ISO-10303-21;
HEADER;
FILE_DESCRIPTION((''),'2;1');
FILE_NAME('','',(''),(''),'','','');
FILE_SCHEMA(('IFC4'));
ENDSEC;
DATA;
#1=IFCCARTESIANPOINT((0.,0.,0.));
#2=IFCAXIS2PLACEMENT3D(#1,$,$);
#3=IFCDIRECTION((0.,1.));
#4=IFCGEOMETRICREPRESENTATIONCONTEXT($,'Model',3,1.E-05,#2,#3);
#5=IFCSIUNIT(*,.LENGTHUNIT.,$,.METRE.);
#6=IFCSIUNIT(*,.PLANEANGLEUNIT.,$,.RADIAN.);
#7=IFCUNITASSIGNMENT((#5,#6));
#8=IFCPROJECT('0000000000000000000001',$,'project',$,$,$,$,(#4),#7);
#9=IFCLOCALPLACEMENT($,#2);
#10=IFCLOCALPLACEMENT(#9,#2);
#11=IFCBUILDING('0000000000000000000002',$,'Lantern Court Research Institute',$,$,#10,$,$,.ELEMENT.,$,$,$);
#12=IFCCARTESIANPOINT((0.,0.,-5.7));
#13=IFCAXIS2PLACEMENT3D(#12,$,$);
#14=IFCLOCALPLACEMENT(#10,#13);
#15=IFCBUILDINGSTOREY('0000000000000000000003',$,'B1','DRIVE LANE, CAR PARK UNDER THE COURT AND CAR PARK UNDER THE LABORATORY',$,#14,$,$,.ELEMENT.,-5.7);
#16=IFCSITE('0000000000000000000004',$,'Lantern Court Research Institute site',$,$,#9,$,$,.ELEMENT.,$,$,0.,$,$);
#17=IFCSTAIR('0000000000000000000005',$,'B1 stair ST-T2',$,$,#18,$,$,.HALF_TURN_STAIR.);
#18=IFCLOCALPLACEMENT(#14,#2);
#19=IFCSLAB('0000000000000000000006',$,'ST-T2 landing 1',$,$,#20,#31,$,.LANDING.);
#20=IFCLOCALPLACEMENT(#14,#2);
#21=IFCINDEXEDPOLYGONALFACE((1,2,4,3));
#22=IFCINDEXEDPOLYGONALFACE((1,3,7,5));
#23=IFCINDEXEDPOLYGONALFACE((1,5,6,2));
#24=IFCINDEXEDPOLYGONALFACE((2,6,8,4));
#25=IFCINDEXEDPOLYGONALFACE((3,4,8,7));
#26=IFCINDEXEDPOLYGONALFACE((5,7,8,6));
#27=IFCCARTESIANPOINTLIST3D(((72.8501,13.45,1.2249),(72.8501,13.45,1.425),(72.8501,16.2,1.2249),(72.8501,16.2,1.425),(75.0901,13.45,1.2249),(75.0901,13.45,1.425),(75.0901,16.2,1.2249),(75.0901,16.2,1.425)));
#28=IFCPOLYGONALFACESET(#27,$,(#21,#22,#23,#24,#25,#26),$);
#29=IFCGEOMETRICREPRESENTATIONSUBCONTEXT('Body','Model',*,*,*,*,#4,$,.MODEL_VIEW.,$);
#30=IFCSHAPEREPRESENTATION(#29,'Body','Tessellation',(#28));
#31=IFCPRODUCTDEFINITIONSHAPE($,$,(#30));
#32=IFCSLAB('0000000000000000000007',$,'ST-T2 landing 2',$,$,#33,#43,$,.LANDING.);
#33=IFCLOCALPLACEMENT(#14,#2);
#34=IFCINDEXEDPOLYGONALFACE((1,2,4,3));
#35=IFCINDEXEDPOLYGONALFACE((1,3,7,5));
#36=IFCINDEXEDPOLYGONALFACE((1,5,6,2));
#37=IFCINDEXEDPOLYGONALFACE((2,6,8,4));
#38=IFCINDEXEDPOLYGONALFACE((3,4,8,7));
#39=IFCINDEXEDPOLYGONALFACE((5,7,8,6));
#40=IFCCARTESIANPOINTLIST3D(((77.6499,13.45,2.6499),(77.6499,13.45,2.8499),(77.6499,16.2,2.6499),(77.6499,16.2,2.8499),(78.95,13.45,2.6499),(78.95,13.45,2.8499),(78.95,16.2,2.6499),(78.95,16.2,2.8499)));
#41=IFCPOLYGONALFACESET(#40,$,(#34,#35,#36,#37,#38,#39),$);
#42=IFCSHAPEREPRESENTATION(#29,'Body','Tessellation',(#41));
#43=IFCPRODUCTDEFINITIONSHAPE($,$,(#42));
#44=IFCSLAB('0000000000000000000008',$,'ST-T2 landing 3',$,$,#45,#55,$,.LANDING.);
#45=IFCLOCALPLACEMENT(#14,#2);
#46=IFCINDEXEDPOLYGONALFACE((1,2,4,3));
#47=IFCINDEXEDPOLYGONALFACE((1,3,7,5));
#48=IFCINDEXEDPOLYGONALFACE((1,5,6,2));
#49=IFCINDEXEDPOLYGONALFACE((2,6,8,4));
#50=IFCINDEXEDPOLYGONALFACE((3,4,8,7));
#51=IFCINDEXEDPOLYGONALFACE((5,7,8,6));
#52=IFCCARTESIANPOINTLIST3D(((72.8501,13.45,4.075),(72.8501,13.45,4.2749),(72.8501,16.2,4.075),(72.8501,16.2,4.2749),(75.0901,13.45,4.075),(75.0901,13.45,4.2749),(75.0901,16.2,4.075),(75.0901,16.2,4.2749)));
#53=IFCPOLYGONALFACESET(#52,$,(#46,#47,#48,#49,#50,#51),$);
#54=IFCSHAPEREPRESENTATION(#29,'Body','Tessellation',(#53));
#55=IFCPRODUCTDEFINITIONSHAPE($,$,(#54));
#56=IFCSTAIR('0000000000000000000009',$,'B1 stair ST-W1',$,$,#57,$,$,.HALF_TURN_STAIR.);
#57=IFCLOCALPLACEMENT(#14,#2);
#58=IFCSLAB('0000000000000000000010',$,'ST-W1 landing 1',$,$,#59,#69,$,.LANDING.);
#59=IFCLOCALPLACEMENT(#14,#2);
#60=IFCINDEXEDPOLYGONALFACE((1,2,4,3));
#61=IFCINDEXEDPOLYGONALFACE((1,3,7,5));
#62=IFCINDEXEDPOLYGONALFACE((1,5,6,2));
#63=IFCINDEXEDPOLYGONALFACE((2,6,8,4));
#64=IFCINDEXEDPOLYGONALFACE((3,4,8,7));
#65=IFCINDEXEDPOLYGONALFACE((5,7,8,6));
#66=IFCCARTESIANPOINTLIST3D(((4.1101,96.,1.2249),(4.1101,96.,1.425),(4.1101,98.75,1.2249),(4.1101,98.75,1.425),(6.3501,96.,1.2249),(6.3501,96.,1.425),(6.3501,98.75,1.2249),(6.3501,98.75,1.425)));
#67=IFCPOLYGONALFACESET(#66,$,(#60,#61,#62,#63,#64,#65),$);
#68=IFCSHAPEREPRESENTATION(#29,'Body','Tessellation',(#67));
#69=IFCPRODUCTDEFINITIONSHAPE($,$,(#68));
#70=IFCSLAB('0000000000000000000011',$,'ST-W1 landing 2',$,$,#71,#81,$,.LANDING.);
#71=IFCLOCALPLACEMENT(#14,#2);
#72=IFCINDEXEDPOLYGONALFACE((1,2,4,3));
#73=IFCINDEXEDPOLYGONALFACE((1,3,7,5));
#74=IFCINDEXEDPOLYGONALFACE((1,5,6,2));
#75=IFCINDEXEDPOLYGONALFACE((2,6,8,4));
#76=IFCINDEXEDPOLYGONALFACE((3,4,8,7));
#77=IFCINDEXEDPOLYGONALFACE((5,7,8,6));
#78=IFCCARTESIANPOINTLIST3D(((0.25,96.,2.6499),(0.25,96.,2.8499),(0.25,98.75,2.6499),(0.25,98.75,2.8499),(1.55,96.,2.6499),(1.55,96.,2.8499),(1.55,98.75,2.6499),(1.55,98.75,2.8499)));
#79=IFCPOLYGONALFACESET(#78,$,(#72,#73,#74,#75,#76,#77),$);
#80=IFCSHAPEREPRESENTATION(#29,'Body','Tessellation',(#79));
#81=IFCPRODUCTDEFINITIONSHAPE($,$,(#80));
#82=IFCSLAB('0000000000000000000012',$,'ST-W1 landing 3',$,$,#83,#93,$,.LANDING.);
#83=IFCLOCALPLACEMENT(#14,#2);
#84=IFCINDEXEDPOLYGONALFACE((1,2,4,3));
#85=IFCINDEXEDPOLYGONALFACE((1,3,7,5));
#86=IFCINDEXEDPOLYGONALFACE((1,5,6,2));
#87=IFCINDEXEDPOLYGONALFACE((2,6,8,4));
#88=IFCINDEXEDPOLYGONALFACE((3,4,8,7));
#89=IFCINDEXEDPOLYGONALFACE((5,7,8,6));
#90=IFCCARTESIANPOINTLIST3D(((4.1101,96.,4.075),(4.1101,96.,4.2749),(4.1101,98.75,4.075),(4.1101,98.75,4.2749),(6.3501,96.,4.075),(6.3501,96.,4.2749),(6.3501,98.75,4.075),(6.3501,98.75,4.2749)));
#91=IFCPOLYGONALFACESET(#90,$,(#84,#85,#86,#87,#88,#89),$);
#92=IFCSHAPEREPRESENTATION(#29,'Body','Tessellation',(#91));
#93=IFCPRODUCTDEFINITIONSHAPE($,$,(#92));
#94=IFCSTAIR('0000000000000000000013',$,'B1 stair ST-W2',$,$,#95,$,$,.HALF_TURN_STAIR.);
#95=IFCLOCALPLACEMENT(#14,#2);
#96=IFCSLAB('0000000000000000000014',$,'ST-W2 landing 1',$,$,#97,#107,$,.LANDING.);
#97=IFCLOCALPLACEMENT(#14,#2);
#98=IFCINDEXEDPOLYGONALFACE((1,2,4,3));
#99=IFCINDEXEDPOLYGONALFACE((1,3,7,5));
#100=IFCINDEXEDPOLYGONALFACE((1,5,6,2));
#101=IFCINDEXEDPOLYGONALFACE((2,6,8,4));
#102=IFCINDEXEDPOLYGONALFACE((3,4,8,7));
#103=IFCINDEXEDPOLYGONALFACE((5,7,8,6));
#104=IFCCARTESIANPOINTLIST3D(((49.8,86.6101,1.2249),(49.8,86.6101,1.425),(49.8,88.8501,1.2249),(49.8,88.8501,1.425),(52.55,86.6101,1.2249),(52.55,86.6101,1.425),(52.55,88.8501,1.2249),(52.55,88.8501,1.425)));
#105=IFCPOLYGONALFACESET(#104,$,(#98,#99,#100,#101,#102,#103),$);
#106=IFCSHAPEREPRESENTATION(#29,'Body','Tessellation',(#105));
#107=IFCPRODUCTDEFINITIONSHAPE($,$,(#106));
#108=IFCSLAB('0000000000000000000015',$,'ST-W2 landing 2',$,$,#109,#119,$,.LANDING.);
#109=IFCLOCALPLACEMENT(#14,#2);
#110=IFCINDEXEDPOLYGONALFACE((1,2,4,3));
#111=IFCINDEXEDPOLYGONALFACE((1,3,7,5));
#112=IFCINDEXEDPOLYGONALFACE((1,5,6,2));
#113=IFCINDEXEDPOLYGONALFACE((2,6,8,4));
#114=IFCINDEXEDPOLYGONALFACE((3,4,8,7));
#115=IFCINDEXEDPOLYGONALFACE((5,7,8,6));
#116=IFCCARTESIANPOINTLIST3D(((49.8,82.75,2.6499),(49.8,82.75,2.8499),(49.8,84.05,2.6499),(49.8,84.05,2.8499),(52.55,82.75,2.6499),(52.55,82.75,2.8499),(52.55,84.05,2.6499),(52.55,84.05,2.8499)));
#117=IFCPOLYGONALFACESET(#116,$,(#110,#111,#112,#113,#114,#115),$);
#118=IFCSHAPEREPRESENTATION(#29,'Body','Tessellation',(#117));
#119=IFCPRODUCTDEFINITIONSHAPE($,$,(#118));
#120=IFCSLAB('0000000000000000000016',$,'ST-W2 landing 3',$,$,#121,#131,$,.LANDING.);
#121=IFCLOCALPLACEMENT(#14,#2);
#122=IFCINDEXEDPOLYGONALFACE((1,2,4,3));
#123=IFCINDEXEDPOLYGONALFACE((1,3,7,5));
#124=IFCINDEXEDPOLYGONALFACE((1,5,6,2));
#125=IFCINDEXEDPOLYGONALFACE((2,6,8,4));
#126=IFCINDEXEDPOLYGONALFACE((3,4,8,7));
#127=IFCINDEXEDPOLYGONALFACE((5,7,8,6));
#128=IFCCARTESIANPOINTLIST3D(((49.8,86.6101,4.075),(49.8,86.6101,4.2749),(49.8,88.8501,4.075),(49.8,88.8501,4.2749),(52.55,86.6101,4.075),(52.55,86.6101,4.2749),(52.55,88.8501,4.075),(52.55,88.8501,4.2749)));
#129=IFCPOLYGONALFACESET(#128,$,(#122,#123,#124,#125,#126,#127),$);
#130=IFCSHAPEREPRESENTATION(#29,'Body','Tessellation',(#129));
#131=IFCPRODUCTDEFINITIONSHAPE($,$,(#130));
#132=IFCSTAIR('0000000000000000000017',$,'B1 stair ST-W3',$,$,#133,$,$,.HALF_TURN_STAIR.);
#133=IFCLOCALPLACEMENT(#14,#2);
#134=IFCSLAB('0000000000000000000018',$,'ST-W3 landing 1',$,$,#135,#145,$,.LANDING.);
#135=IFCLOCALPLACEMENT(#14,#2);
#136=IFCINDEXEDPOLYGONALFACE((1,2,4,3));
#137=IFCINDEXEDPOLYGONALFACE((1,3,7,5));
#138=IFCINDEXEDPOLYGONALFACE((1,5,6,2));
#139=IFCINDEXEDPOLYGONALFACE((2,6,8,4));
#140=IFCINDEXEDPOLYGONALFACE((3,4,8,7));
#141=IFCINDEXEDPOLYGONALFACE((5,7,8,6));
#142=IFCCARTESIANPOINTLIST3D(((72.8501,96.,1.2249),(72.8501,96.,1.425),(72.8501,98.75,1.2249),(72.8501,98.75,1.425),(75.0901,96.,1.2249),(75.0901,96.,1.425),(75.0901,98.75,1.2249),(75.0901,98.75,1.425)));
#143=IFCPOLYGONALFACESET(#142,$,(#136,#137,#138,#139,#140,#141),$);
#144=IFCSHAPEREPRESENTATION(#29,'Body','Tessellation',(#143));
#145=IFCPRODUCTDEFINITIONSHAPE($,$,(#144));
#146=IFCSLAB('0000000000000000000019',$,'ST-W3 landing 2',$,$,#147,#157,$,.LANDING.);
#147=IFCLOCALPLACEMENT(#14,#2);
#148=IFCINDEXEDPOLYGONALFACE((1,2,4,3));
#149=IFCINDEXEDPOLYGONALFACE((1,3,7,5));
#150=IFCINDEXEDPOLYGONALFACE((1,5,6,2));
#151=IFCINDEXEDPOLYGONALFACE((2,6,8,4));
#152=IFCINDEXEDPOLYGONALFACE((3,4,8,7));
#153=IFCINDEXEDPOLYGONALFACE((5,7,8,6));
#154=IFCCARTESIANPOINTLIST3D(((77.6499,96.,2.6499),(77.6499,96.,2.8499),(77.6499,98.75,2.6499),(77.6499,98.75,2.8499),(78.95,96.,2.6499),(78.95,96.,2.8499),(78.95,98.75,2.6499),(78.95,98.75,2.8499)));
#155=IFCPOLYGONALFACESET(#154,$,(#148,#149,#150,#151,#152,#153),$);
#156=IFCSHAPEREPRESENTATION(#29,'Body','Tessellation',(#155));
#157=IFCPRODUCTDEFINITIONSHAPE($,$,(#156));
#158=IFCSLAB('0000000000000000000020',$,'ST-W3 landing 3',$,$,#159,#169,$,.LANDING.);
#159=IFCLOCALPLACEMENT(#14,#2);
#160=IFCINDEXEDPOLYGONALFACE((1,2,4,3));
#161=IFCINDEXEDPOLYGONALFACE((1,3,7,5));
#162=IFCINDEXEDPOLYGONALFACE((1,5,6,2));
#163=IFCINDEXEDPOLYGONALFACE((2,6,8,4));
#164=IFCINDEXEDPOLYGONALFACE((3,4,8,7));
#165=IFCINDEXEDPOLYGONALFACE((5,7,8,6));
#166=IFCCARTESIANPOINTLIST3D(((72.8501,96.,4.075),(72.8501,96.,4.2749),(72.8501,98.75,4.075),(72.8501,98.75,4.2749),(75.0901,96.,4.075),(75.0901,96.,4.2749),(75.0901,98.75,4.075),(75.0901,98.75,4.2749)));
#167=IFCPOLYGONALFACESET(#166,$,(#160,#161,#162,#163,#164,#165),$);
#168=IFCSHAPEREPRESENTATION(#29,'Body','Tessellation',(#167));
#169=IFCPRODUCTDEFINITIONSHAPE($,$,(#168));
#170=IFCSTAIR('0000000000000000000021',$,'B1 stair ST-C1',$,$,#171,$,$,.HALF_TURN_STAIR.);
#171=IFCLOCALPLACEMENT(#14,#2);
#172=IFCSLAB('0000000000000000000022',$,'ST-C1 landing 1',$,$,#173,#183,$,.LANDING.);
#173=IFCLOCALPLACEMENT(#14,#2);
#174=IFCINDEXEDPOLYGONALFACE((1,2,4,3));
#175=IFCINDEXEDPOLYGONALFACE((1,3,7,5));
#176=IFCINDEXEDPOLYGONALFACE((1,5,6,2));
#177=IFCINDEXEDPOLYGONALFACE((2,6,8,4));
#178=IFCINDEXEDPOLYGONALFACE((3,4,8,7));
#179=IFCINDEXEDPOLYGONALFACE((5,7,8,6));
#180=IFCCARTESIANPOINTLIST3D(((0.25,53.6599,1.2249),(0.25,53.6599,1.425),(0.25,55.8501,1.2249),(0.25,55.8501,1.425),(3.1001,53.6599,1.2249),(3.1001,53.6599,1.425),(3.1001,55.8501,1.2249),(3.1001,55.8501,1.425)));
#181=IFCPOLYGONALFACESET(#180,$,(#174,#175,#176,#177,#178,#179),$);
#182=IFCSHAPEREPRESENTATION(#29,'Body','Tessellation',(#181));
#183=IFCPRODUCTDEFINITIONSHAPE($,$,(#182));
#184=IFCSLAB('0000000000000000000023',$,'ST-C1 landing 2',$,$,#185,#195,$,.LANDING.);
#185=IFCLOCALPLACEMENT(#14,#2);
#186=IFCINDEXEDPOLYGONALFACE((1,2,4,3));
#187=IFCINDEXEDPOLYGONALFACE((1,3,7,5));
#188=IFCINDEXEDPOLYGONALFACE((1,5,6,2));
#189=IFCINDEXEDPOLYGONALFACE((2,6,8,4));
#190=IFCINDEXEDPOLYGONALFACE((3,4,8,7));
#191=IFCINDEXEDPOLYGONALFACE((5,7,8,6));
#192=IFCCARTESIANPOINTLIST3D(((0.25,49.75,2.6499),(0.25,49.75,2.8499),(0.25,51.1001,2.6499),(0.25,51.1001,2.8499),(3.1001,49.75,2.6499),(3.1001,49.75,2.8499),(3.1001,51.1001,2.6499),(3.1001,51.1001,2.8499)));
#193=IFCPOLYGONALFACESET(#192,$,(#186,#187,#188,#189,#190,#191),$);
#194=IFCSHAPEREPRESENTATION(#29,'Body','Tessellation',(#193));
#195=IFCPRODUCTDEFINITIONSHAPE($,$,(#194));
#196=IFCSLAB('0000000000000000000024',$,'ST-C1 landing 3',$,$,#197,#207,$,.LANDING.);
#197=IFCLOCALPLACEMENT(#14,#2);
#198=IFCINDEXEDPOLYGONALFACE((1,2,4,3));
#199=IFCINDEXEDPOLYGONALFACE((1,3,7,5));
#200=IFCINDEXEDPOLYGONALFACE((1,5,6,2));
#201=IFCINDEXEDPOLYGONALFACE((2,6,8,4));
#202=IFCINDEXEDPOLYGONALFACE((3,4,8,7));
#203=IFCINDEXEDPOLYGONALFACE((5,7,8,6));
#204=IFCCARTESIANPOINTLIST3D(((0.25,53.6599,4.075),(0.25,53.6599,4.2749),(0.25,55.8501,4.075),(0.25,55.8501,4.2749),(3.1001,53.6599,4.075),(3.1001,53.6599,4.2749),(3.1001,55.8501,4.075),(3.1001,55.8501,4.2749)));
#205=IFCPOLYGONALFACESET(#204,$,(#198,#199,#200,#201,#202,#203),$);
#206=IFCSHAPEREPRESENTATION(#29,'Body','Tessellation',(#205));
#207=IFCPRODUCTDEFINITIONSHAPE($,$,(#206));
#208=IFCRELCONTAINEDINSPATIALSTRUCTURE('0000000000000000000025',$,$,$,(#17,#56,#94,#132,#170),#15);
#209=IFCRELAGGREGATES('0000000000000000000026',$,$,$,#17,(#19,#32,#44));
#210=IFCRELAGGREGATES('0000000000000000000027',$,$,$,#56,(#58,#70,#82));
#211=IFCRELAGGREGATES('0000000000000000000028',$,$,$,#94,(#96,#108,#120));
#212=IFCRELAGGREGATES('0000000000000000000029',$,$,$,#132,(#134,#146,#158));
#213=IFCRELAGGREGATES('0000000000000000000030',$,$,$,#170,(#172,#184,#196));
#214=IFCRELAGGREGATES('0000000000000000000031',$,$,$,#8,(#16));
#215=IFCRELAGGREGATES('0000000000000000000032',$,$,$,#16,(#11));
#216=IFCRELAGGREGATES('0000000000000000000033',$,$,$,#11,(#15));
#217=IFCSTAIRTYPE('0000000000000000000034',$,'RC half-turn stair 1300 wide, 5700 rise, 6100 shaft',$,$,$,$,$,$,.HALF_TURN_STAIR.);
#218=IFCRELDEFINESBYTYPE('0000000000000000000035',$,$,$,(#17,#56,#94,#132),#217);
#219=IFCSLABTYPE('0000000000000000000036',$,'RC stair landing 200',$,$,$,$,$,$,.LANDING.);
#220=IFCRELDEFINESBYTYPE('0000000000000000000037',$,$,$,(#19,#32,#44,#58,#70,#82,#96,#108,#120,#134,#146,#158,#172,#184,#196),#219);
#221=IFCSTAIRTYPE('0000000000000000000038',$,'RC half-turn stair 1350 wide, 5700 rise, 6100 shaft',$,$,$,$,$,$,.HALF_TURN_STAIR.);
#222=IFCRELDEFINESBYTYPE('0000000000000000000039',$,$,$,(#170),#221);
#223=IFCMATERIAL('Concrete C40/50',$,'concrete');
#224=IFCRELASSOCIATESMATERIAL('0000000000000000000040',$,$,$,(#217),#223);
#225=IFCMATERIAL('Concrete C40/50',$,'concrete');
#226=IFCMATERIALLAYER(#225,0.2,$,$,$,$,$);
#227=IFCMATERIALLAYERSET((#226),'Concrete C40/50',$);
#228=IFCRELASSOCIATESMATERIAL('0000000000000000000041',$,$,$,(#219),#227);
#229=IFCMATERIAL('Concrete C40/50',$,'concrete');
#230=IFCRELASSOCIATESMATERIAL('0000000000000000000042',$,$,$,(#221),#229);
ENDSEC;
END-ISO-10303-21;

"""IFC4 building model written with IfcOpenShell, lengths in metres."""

from ifc_helpers import new_model, si_unit, direction, frame, origin, place, context, subcontext, project, spatial, polyline, outline, extrude, material, layer, layer_set, type_object, element, aggregate, save


model = new_model("IFC4")

# Units and contexts
model_context = context("Model", 3, precision=1e-05, world=origin(), true_north=direction((0.0, 1.0)))
body_context = subcontext(model_context, "Body", "Model", "MODEL_VIEW")
ifc_project = project(units=[si_unit("LENGTHUNIT", "METRE"), si_unit("PLANEANGLEUNIT", "RADIAN")], contexts=[model_context])

# Site, building, storey
site_placement = place(None, origin())
site = spatial("IfcSite", under=ifc_project, at=site_placement, Name="Lantern Court Research Institute site", CompositionType="ELEMENT", RefElevation=0.0)
building_placement = place(site_placement, origin())
building = spatial("IfcBuilding", under=site, at=building_placement, Name="Lantern Court Research Institute", CompositionType="ELEMENT")
storey_placement = place(building_placement, frame((0.0, 0.0, -5.7)))
storey = spatial("IfcBuildingStorey", under=building, at=storey_placement, Name="B1", Description="DRIVE LANE, CAR PARK UNDER THE COURT AND CAR PARK UNDER THE LABORATORY", CompositionType="ELEMENT", Elevation=-5.7)

# Stairs, slabs
ifc_material_1 = material(Name="Concrete C40/50", Category="concrete")
stair_type_1 = type_object("IfcStairType", Name="RC half-turn stair 1300 wide, 5700 rise, 6100 shaft", PredefinedType="HALF_TURN_STAIR", material=ifc_material_1)
stair_1_placement = place(storey_placement, origin())
stair_1 = element("IfcStair", 1, at=stair_1_placement, inside=storey, type_object=stair_type_1, Name="B1 stair ST-T2", PredefinedType="HALF_TURN_STAIR")
ifc_material_2 = material(Name="Concrete C40/50", Category="concrete")
ifc_layer = layer(ifc_material_2, 0.2)
ifc_layer_set = layer_set([ifc_layer], Name="Concrete C40/50")
slab_type = type_object("IfcSlabType", Name="RC stair landing 200", PredefinedType="LANDING", material=ifc_layer_set)
slab_1_placement = place(storey_placement, frame((0.0, 0.0, 1.2249)))
slab_1 = element("IfcSlab", 2, at=slab_1_placement, type_object=slab_type, Name="ST-T2 landing 1", PredefinedType="LANDING", context=body_context, shape_type="SweptSolid", body=[
    extrude(outline(polyline([(75.0901, 16.2), (72.8501, 16.2), (72.8501, 13.45), (75.0901, 13.45), (75.0901, 16.2)])), origin(), (0.0, 0.0, 1.0), 0.2002),
])
slab_2_placement = place(storey_placement, frame((0.0, 0.0, 2.6499)))
slab_2 = element("IfcSlab", 3, at=slab_2_placement, type_object=slab_type, Name="ST-T2 landing 2", PredefinedType="LANDING", context=body_context, shape_type="SweptSolid", body=[
    extrude(outline(polyline([(78.95, 16.2), (77.6499, 16.2), (77.6499, 13.45), (78.95, 13.45), (78.95, 16.2)])), origin(), (0.0, 0.0, 1.0), 0.2),
])
slab_3_placement = place(storey_placement, frame((0.0, 0.0, 4.075)))
slab_3 = element("IfcSlab", 4, at=slab_3_placement, type_object=slab_type, Name="ST-T2 landing 3", PredefinedType="LANDING", context=body_context, shape_type="SweptSolid", body=[
    extrude(outline(polyline([(75.0901, 16.2), (72.8501, 16.2), (72.8501, 13.45), (75.0901, 13.45), (75.0901, 16.2)])), origin(), (0.0, 0.0, 1.0), 0.2),
])
aggregate(stair_1, [slab_1, slab_2, slab_3])
stair_2_placement = place(storey_placement, origin())
stair_2 = element("IfcStair", 5, at=stair_2_placement, inside=storey, type_object=stair_type_1, Name="B1 stair ST-W1", PredefinedType="HALF_TURN_STAIR")
slab_4_placement = place(storey_placement, frame((0.0, 0.0, 1.2249)))
slab_4 = element("IfcSlab", 6, at=slab_4_placement, type_object=slab_type, Name="ST-W1 landing 1", PredefinedType="LANDING", context=body_context, shape_type="SweptSolid", body=[
    extrude(outline(polyline([(4.1101, 96.0), (6.3501, 96.0), (6.3501, 98.75), (4.1101, 98.75), (4.1101, 96.0)])), origin(), (0.0, 0.0, 1.0), 0.2002),
])
slab_5_placement = place(storey_placement, frame((0.0, 0.0, 2.6499)))
slab_5 = element("IfcSlab", 7, at=slab_5_placement, type_object=slab_type, Name="ST-W1 landing 2", PredefinedType="LANDING", context=body_context, shape_type="SweptSolid", body=[
    extrude(outline(polyline([(0.25, 96.0), (1.55, 96.0), (1.55, 98.75), (0.25, 98.75), (0.25, 96.0)])), origin(), (0.0, 0.0, 1.0), 0.2),
])
slab_6_placement = place(storey_placement, frame((0.0, 0.0, 4.075)))
slab_6 = element("IfcSlab", 8, at=slab_6_placement, type_object=slab_type, Name="ST-W1 landing 3", PredefinedType="LANDING", context=body_context, shape_type="SweptSolid", body=[
    extrude(outline(polyline([(4.1101, 96.0), (6.3501, 96.0), (6.3501, 98.75), (4.1101, 98.75), (4.1101, 96.0)])), origin(), (0.0, 0.0, 1.0), 0.2),
])
aggregate(stair_2, [slab_4, slab_5, slab_6])
stair_3_placement = place(storey_placement, origin())
stair_3 = element("IfcStair", 9, at=stair_3_placement, inside=storey, type_object=stair_type_1, Name="B1 stair ST-W2", PredefinedType="HALF_TURN_STAIR")
slab_7_placement = place(storey_placement, frame((0.0, 0.0, 1.2249)))
slab_7 = element("IfcSlab", 10, at=slab_7_placement, type_object=slab_type, Name="ST-W2 landing 1", PredefinedType="LANDING", context=body_context, shape_type="SweptSolid", body=[
    extrude(outline(polyline([(52.55, 86.6101), (52.55, 88.8501), (49.8, 88.8501), (49.8, 86.6101), (52.55, 86.6101)])), origin(), (0.0, 0.0, 1.0), 0.2002),
])
slab_8_placement = place(storey_placement, frame((0.0, 0.0, 2.6499)))
slab_8 = element("IfcSlab", 11, at=slab_8_placement, type_object=slab_type, Name="ST-W2 landing 2", PredefinedType="LANDING", context=body_context, shape_type="SweptSolid", body=[
    extrude(outline(polyline([(52.55, 82.75), (52.55, 84.05), (49.8, 84.05), (49.8, 82.75), (52.55, 82.75)])), origin(), (0.0, 0.0, 1.0), 0.2),
])
slab_9_placement = place(storey_placement, frame((0.0, 0.0, 4.075)))
slab_9 = element("IfcSlab", 12, at=slab_9_placement, type_object=slab_type, Name="ST-W2 landing 3", PredefinedType="LANDING", context=body_context, shape_type="SweptSolid", body=[
    extrude(outline(polyline([(52.55, 86.6101), (52.55, 88.8501), (49.8, 88.8501), (49.8, 86.6101), (52.55, 86.6101)])), origin(), (0.0, 0.0, 1.0), 0.2),
])
aggregate(stair_3, [slab_7, slab_8, slab_9])
stair_4_placement = place(storey_placement, origin())
stair_4 = element("IfcStair", 13, at=stair_4_placement, inside=storey, type_object=stair_type_1, Name="B1 stair ST-W3", PredefinedType="HALF_TURN_STAIR")
slab_10_placement = place(storey_placement, frame((0.0, 0.0, 1.2249)))
slab_10 = element("IfcSlab", 14, at=slab_10_placement, type_object=slab_type, Name="ST-W3 landing 1", PredefinedType="LANDING", context=body_context, shape_type="SweptSolid", body=[
    extrude(outline(polyline([(75.0901, 98.75), (72.8501, 98.75), (72.8501, 96.0), (75.0901, 96.0), (75.0901, 98.75)])), origin(), (0.0, 0.0, 1.0), 0.2002),
])
slab_11_placement = place(storey_placement, frame((0.0, 0.0, 2.6499)))
slab_11 = element("IfcSlab", 15, at=slab_11_placement, type_object=slab_type, Name="ST-W3 landing 2", PredefinedType="LANDING", context=body_context, shape_type="SweptSolid", body=[
    extrude(outline(polyline([(78.95, 98.75), (77.6499, 98.75), (77.6499, 96.0), (78.95, 96.0), (78.95, 98.75)])), origin(), (0.0, 0.0, 1.0), 0.2),
])
slab_12_placement = place(storey_placement, frame((0.0, 0.0, 4.075)))
slab_12 = element("IfcSlab", 16, at=slab_12_placement, type_object=slab_type, Name="ST-W3 landing 3", PredefinedType="LANDING", context=body_context, shape_type="SweptSolid", body=[
    extrude(outline(polyline([(75.0901, 98.75), (72.8501, 98.75), (72.8501, 96.0), (75.0901, 96.0), (75.0901, 98.75)])), origin(), (0.0, 0.0, 1.0), 0.2),
])
aggregate(stair_4, [slab_10, slab_11, slab_12])
ifc_material_3 = material(Name="Concrete C40/50", Category="concrete")
stair_type_2 = type_object("IfcStairType", Name="RC half-turn stair 1350 wide, 5700 rise, 6100 shaft", PredefinedType="HALF_TURN_STAIR", material=ifc_material_3)
stair_5_placement = place(storey_placement, origin())
stair_5 = element("IfcStair", 17, at=stair_5_placement, inside=storey, type_object=stair_type_2, Name="B1 stair ST-C1", PredefinedType="HALF_TURN_STAIR")
slab_13_placement = place(storey_placement, frame((0.0, 0.0, 1.2249)))
slab_13 = element("IfcSlab", 18, at=slab_13_placement, type_object=slab_type, Name="ST-C1 landing 1", PredefinedType="LANDING", context=body_context, shape_type="SweptSolid", body=[
    extrude(outline(polyline([(3.1001, 53.6599), (3.1001, 55.8501), (0.25, 55.8501), (0.25, 53.6599), (3.1001, 53.6599)])), origin(), (0.0, 0.0, 1.0), 0.2002),
])
slab_14_placement = place(storey_placement, frame((0.0, 0.0, 2.6499)))
slab_14 = element("IfcSlab", 19, at=slab_14_placement, type_object=slab_type, Name="ST-C1 landing 2", PredefinedType="LANDING", context=body_context, shape_type="SweptSolid", body=[
    extrude(outline(polyline([(3.1001, 49.75), (3.1001, 51.1001), (0.25, 51.1001), (0.25, 49.75), (3.1001, 49.75)])), origin(), (0.0, 0.0, 1.0), 0.2),
])
slab_15_placement = place(storey_placement, frame((0.0, 0.0, 4.075)))
slab_15 = element("IfcSlab", 20, at=slab_15_placement, type_object=slab_type, Name="ST-C1 landing 3", PredefinedType="LANDING", context=body_context, shape_type="SweptSolid", body=[
    extrude(outline(polyline([(3.1001, 53.6599), (3.1001, 55.8501), (0.25, 55.8501), (0.25, 53.6599), (3.1001, 53.6599)])), origin(), (0.0, 0.0, 1.0), 0.2),
])
aggregate(stair_5, [slab_13, slab_14, slab_15])

save(model, "model.ifc")
